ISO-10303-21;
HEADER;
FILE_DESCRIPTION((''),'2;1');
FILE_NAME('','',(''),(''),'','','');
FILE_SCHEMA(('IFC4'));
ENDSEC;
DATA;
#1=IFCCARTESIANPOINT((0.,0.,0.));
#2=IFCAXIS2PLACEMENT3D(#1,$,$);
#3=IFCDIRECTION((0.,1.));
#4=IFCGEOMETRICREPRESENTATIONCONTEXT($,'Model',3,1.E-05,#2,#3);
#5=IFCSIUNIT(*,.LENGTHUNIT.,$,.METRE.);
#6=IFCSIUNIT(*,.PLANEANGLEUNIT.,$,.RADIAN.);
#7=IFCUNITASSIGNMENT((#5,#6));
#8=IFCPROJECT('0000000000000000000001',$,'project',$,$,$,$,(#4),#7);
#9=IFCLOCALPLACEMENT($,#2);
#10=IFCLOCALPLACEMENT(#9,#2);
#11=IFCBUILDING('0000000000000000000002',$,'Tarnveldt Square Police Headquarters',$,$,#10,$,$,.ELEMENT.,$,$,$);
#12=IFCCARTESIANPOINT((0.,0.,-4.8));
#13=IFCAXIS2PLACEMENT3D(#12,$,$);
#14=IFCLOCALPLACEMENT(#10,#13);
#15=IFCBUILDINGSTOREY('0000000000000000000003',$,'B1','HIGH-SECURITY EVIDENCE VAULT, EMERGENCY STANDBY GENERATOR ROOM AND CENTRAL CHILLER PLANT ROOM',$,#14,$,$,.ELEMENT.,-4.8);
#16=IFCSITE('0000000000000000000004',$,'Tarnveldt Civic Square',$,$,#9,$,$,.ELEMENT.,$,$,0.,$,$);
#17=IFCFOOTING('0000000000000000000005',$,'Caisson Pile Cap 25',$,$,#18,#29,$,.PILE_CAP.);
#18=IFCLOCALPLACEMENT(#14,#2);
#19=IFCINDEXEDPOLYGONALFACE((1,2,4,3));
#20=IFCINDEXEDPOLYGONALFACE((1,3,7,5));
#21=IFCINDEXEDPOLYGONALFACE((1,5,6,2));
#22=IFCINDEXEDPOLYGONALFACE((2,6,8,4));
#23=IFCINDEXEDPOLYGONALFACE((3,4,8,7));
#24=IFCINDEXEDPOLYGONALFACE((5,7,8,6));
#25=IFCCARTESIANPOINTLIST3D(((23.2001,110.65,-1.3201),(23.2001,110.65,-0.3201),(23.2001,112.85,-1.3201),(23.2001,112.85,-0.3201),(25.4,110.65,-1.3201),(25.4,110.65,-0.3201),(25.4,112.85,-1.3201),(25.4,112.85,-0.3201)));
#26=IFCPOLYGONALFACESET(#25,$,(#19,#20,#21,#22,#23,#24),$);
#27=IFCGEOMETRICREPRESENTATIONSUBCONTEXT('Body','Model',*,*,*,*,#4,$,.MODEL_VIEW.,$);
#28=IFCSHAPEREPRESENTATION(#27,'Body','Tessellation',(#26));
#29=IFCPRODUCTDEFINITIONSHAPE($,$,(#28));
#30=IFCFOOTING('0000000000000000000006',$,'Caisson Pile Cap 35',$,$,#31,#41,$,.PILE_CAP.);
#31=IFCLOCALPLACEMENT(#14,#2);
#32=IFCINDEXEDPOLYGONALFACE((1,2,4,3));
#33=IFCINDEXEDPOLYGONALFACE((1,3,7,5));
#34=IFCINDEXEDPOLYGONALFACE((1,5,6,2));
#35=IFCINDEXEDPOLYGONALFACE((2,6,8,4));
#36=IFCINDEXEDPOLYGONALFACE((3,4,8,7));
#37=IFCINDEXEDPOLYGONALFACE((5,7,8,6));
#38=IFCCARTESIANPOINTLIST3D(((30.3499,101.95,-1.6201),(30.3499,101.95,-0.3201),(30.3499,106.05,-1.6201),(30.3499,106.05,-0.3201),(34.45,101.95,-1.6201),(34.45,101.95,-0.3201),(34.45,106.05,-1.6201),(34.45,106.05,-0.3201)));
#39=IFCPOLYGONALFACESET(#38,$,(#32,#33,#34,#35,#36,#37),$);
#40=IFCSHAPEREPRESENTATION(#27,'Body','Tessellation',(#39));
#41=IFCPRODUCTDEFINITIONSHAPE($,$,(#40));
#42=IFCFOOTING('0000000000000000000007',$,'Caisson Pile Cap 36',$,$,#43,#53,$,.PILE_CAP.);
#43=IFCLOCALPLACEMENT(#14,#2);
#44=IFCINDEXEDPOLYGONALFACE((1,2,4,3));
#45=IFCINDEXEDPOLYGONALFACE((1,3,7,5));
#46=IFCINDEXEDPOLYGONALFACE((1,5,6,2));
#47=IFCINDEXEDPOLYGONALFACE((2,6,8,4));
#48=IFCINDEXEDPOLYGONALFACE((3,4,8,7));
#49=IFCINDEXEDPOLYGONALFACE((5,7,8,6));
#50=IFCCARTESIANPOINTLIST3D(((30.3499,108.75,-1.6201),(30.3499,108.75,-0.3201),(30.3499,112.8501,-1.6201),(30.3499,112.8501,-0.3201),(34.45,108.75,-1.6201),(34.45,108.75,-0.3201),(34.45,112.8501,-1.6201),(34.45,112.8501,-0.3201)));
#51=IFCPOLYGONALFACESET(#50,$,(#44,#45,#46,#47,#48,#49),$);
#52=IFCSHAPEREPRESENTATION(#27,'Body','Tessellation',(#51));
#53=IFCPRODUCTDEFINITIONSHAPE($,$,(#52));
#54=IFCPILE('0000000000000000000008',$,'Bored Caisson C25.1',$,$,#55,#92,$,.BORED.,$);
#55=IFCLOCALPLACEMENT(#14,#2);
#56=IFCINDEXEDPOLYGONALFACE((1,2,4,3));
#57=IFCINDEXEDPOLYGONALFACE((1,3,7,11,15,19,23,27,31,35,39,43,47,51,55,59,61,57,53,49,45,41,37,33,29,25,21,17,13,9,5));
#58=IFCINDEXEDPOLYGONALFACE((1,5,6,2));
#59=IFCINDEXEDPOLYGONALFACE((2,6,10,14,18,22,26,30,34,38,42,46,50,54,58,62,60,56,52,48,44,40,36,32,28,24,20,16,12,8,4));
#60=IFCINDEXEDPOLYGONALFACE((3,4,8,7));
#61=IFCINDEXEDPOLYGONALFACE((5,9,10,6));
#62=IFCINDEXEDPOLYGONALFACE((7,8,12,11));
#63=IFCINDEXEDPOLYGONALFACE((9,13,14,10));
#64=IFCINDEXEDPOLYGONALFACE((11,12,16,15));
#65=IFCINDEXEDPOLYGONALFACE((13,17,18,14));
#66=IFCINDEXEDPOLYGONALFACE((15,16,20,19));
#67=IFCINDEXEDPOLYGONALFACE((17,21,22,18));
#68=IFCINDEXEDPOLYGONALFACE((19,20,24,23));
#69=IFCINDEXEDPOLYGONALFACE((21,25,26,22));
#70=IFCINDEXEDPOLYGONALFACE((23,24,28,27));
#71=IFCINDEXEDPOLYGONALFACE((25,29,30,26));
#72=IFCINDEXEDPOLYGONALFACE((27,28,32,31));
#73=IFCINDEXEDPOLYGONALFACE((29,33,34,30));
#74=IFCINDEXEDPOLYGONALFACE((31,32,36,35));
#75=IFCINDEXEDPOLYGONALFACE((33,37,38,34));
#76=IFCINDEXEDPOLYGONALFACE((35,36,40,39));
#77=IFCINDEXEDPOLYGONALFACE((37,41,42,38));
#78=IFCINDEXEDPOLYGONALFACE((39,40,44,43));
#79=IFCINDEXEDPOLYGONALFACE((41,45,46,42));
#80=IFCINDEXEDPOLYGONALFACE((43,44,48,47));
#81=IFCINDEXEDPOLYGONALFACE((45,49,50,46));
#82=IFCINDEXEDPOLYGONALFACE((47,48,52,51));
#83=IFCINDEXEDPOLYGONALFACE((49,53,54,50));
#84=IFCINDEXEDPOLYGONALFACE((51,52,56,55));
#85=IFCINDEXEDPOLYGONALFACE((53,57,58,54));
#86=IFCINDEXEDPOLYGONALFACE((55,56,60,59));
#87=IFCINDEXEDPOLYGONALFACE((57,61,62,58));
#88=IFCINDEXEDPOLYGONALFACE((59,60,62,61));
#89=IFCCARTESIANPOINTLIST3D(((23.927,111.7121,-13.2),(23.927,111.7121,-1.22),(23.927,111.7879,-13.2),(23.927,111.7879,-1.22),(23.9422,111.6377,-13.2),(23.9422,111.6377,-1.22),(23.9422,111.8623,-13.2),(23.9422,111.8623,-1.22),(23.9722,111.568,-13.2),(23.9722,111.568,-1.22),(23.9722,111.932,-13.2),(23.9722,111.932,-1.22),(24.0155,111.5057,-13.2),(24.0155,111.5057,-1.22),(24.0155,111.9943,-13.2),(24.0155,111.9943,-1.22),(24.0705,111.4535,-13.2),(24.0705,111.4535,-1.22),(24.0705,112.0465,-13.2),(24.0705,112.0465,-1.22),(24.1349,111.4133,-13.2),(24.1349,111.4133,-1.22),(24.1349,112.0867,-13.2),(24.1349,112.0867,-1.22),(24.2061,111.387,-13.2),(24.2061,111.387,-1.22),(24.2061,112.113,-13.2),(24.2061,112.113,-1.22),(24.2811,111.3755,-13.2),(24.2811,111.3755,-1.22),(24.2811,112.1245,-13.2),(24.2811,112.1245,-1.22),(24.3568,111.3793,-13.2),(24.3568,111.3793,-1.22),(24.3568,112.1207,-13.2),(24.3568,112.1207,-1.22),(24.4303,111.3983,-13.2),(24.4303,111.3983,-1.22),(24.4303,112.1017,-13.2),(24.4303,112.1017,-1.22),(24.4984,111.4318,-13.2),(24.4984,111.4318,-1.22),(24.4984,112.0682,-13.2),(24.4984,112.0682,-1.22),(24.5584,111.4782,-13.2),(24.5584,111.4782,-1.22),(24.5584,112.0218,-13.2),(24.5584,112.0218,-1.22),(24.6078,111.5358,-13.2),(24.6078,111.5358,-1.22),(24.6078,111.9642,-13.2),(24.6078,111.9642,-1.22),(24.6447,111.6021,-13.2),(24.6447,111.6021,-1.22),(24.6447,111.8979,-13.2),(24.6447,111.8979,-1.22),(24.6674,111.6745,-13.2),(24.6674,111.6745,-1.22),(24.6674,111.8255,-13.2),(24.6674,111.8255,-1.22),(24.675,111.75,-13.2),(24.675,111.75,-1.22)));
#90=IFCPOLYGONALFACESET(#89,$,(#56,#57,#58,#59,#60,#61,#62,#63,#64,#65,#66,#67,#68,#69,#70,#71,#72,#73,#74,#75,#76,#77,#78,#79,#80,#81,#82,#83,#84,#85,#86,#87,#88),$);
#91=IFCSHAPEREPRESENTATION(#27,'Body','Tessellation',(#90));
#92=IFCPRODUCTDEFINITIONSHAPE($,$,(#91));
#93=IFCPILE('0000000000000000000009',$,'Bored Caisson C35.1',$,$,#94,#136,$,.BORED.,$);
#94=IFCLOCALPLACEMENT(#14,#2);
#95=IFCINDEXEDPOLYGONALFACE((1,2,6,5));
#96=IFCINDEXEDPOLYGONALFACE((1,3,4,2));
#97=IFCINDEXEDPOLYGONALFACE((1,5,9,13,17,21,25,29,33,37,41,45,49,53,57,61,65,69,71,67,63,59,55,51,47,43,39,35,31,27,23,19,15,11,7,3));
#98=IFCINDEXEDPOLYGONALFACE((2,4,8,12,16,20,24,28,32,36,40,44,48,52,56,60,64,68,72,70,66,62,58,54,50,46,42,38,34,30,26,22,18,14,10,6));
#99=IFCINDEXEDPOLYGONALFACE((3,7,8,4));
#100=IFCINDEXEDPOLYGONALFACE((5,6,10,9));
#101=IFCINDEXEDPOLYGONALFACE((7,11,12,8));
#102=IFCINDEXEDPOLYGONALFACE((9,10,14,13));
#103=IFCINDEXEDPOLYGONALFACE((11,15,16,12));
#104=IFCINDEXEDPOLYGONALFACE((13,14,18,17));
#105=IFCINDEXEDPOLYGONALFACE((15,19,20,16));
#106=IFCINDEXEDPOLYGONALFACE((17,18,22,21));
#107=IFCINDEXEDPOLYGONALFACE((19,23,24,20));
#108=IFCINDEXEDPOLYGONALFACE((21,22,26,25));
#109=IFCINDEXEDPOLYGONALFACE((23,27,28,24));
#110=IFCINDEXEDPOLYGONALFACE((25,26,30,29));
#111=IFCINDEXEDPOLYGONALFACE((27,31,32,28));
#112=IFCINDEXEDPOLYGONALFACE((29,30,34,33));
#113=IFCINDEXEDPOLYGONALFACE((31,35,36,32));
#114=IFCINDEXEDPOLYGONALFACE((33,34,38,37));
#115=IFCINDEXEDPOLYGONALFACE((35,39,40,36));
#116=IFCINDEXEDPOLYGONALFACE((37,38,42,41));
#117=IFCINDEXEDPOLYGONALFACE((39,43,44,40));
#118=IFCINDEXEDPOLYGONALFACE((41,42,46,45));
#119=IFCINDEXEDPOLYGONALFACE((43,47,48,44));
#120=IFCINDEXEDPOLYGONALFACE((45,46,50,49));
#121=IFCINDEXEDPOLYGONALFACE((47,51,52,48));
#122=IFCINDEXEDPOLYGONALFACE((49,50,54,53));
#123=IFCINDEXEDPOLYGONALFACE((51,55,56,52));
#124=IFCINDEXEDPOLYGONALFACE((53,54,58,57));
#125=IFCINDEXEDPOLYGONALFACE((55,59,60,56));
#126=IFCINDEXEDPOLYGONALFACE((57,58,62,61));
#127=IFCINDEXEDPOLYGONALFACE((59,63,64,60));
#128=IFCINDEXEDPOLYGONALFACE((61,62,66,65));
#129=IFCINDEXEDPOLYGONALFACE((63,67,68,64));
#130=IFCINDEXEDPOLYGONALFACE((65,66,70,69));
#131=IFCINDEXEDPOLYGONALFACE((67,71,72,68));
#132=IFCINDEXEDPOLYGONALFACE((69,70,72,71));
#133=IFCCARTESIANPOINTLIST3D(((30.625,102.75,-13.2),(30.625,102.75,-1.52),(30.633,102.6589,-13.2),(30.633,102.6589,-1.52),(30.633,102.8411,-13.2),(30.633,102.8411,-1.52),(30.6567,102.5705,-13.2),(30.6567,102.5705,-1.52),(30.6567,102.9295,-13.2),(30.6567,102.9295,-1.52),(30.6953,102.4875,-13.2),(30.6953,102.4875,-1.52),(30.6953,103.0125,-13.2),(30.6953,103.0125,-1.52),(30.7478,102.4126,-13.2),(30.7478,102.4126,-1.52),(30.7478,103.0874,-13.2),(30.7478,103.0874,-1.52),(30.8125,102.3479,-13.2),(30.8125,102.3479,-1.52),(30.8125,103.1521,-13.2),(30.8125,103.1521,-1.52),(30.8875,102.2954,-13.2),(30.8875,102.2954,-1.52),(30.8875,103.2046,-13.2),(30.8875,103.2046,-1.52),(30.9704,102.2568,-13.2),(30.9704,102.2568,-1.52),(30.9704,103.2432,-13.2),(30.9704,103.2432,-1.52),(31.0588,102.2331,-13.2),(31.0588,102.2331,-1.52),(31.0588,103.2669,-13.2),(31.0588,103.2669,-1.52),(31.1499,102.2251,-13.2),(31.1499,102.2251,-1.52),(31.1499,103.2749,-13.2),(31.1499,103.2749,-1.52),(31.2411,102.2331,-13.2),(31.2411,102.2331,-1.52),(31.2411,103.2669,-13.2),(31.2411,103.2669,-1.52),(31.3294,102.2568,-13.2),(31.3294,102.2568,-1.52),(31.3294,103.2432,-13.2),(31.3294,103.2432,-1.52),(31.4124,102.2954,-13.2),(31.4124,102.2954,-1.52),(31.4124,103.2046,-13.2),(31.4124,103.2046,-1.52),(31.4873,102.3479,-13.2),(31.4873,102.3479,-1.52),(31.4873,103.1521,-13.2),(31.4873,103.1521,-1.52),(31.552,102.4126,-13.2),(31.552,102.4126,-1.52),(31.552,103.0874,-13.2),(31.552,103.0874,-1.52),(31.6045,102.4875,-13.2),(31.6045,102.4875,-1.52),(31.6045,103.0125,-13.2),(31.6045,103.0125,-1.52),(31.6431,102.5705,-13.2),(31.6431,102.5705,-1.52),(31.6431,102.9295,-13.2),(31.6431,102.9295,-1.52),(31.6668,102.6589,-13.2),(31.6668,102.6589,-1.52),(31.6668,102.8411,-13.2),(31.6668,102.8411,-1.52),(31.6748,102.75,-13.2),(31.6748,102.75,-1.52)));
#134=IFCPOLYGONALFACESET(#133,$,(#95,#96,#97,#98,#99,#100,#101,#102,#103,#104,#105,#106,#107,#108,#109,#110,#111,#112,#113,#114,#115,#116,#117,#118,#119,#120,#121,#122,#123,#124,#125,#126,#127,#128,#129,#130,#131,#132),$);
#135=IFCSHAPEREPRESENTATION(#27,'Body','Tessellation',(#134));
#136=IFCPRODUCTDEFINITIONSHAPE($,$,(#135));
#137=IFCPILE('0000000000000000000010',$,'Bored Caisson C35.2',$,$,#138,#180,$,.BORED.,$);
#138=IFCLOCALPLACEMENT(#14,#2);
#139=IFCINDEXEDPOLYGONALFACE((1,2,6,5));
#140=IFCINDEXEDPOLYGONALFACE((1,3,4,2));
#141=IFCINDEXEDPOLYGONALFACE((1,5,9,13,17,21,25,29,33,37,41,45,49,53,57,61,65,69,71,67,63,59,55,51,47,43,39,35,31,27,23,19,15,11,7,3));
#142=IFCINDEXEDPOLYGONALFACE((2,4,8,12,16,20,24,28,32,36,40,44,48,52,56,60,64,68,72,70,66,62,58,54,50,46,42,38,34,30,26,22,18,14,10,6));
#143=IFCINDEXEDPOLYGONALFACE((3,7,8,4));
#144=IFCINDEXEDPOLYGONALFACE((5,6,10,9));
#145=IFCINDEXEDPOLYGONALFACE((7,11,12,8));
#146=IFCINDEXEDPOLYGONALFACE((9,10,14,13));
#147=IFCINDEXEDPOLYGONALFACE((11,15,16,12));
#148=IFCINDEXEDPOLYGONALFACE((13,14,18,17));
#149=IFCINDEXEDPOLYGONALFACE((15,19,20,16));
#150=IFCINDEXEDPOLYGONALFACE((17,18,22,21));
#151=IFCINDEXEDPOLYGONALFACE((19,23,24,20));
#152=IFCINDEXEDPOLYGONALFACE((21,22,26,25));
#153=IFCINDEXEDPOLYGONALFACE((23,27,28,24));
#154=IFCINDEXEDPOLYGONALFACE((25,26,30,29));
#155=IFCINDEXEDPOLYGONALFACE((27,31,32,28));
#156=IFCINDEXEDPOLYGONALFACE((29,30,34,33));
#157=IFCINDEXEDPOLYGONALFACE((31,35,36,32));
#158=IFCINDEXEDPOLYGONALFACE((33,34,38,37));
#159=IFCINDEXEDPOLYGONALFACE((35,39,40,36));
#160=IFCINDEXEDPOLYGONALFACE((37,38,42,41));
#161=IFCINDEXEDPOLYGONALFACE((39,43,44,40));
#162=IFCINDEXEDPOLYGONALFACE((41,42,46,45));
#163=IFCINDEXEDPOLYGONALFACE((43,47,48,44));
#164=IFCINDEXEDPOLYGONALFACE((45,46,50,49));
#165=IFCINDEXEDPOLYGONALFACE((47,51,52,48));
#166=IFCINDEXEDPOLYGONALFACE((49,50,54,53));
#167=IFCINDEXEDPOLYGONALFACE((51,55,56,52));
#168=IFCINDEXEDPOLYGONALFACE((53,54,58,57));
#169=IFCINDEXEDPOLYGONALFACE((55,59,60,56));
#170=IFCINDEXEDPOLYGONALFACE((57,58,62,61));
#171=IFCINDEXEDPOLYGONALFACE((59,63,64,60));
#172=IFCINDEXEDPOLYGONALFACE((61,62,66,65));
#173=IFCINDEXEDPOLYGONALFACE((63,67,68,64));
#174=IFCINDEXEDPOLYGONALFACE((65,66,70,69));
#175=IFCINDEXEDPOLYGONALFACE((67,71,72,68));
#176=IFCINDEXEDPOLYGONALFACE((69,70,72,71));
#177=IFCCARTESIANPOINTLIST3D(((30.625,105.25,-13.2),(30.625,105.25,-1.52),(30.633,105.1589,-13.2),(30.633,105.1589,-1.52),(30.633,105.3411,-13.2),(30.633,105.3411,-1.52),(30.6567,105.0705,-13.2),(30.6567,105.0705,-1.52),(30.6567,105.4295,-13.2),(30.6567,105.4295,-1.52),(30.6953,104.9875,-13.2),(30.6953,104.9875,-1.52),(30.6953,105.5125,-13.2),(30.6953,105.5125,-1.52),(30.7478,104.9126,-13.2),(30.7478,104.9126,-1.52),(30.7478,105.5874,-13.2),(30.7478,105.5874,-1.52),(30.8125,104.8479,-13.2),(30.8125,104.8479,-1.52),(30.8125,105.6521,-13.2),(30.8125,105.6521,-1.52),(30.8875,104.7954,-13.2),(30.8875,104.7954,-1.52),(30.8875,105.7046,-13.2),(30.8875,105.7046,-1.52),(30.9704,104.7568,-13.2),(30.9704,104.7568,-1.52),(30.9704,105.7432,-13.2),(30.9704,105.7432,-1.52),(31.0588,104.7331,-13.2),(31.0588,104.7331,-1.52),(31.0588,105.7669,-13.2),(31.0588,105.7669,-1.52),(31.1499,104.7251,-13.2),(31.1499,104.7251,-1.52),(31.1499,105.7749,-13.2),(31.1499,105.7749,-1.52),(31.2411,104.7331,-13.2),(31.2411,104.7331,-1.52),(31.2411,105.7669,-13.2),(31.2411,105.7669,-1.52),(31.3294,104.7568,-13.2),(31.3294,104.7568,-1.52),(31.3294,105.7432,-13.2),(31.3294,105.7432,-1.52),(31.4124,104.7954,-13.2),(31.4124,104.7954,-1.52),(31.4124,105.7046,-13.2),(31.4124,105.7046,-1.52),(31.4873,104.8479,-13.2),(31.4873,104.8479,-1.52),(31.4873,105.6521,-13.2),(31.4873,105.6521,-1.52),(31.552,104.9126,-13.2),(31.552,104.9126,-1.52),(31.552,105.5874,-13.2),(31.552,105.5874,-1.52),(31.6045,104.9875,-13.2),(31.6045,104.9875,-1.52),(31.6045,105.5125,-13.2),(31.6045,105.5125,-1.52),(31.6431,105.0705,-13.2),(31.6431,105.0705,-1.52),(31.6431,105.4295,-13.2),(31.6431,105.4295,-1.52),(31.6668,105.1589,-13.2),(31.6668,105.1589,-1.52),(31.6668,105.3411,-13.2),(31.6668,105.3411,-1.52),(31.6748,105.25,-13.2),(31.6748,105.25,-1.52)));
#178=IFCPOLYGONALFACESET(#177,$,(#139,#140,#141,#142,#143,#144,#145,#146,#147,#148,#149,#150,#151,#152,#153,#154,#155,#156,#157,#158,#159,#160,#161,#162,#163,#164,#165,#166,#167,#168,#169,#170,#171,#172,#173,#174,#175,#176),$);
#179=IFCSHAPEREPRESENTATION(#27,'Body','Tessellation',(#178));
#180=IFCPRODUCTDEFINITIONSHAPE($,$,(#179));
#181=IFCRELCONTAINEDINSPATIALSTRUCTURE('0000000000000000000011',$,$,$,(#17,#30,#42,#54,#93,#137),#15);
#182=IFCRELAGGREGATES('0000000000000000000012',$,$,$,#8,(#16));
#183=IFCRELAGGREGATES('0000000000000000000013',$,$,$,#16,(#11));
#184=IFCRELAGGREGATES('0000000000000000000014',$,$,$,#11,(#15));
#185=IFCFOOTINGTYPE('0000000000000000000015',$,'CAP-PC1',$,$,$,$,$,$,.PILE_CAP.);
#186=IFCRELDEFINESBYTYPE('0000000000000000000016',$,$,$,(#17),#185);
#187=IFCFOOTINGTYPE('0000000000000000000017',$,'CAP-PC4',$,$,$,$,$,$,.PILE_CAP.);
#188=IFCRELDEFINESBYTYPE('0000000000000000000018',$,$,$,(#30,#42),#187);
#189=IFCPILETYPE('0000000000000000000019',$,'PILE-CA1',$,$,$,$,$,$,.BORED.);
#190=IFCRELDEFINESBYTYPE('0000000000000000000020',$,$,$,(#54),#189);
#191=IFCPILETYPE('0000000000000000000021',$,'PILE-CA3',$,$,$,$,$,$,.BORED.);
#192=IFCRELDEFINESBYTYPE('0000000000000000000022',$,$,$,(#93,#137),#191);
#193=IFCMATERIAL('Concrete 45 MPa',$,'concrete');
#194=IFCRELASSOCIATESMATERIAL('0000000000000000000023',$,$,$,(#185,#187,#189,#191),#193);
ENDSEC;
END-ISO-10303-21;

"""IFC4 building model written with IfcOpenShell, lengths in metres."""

from ifc_helpers import new_model, si_unit, direction, frame, origin, origin_2d, place, context, subcontext, project, spatial, rectangle, circle, extrude, material, material_profile, profile_set, type_object, element, save


model = new_model("IFC4")

# Units and contexts
model_context = context("Model", 3, precision=1e-05, world=origin(), true_north=direction((0.0, 1.0)))
body_context = subcontext(model_context, "Body", "Model", "MODEL_VIEW")
ifc_project = project(units=[si_unit("LENGTHUNIT", "METRE"), si_unit("PLANEANGLEUNIT", "RADIAN")], contexts=[model_context])

# Site, building, storey
site_placement = place(None, origin())
site = spatial("IfcSite", under=ifc_project, at=site_placement, Name="Tarnveldt Civic Square", CompositionType="ELEMENT", RefElevation=0.0)
building_placement = place(site_placement, origin())
building = spatial("IfcBuilding", under=site, at=building_placement, Name="Tarnveldt Square Police Headquarters", CompositionType="ELEMENT")
storey_placement = place(building_placement, frame((0.0, 0.0, -4.8)))
storey = spatial("IfcBuildingStorey", under=building, at=storey_placement, Name="B1", Description="HIGH-SECURITY EVIDENCE VAULT, EMERGENCY STANDBY GENERATOR ROOM AND CENTRAL CHILLER PLANT ROOM", CompositionType="ELEMENT", Elevation=-4.8)

# Footings
ifc_material_1 = material(Name="Concrete 45 MPa", Category="concrete")
footing_type_1 = type_object("IfcFootingType", Name="CAP-PC1", PredefinedType="PILE_CAP", material=ifc_material_1)
footing_placement = place(storey_placement, frame((24.3, 111.75, -1.3201), z_axis=(0.0, 0.0, 1.0), x_axis=(1.0, 0.0, 0.0)))
element("IfcFooting", 1, at=footing_placement, inside=storey, type_object=footing_type_1, Name="Caisson Pile Cap 25", PredefinedType="PILE_CAP", context=body_context, shape_type="SweptSolid", body=[
    extrude(rectangle(XDim=2.2, YDim=2.2, at=origin_2d()), origin(), (0.0, 0.0, 1.0), 1.0),
])
footing_type_2 = type_object("IfcFootingType", Name="CAP-PC4", PredefinedType="PILE_CAP", material=ifc_material_1)
for number, where, z_axis, x_axis, name in (
    (2, (32.3999, 104.0, -1.6201), (0.0, 0.0, 1.0), (1.0, 0.0, 0.0), "Caisson Pile Cap 35"),
    (3, (32.3999, 110.8, -1.6201), (0.0, 0.0, 1.0), (1.0, 0.0, 0.0), "Caisson Pile Cap 36"),
):
    element("IfcFooting", number, at=place(storey_placement, frame(where, z_axis=z_axis, x_axis=x_axis)), inside=storey, type_object=footing_type_2, Name=name, PredefinedType="PILE_CAP", context=body_context, shape_type="SweptSolid", body=[
        extrude(rectangle(XDim=4.1001, YDim=4.1001, at=origin_2d()), origin(), (0.0, 0.0, 1.0), 1.3),
    ])

# Piles
ifc_material_profile_1 = material_profile(ifc_material_1, circle(Radius=0.375, at=origin_2d()), Name="CAISSON-D750")
ifc_profile_set_1 = profile_set([ifc_material_profile_1], Name="Concrete 45 MPa")
pile_type_1 = type_object("IfcPileType", Name="PILE-CA1", PredefinedType="BORED", material=ifc_profile_set_1)
pile_placement = place(storey_placement, frame((24.3, 111.75, -1.22), z_axis=(0.0, 0.0, -1.0), x_axis=(1.0, 0.0, 0.0)))
element("IfcPile", 4, at=pile_placement, inside=storey, type_object=pile_type_1, Name="Bored Caisson C25.1", PredefinedType="BORED", context=body_context, shape_type="SweptSolid", body=[
    extrude(circle(Radius=0.375, at=origin_2d()), origin(), (0.0, 0.0, 1.0), 11.98),
])
ifc_material_profile_2 = material_profile(ifc_material_1, circle(Radius=0.5249, at=origin_2d()), Name="CAISSON-D1050")
ifc_profile_set_2 = profile_set([ifc_material_profile_2], Name="Concrete 45 MPa")
pile_type_2 = type_object("IfcPileType", Name="PILE-CA3", PredefinedType="BORED", material=ifc_profile_set_2)
for number, where, z_axis, x_axis, name in (
    (5, (31.1499, 102.75, -1.52), (0.0, 0.0, -1.0), (1.0, 0.0, 0.0), "Bored Caisson C35.1"),
    (6, (31.1499, 105.25, -1.52), (0.0, 0.0, -1.0), (1.0, 0.0, 0.0), "Bored Caisson C35.2"),
):
    element("IfcPile", number, at=place(storey_placement, frame(where, z_axis=z_axis, x_axis=x_axis)), inside=storey, type_object=pile_type_2, Name=name, PredefinedType="BORED", context=body_context, shape_type="SweptSolid", body=[
        extrude(circle(Radius=0.5249, at=origin_2d()), origin(), (0.0, 0.0, 1.0), 11.6799),
    ])

save(model, "model.ifc")
